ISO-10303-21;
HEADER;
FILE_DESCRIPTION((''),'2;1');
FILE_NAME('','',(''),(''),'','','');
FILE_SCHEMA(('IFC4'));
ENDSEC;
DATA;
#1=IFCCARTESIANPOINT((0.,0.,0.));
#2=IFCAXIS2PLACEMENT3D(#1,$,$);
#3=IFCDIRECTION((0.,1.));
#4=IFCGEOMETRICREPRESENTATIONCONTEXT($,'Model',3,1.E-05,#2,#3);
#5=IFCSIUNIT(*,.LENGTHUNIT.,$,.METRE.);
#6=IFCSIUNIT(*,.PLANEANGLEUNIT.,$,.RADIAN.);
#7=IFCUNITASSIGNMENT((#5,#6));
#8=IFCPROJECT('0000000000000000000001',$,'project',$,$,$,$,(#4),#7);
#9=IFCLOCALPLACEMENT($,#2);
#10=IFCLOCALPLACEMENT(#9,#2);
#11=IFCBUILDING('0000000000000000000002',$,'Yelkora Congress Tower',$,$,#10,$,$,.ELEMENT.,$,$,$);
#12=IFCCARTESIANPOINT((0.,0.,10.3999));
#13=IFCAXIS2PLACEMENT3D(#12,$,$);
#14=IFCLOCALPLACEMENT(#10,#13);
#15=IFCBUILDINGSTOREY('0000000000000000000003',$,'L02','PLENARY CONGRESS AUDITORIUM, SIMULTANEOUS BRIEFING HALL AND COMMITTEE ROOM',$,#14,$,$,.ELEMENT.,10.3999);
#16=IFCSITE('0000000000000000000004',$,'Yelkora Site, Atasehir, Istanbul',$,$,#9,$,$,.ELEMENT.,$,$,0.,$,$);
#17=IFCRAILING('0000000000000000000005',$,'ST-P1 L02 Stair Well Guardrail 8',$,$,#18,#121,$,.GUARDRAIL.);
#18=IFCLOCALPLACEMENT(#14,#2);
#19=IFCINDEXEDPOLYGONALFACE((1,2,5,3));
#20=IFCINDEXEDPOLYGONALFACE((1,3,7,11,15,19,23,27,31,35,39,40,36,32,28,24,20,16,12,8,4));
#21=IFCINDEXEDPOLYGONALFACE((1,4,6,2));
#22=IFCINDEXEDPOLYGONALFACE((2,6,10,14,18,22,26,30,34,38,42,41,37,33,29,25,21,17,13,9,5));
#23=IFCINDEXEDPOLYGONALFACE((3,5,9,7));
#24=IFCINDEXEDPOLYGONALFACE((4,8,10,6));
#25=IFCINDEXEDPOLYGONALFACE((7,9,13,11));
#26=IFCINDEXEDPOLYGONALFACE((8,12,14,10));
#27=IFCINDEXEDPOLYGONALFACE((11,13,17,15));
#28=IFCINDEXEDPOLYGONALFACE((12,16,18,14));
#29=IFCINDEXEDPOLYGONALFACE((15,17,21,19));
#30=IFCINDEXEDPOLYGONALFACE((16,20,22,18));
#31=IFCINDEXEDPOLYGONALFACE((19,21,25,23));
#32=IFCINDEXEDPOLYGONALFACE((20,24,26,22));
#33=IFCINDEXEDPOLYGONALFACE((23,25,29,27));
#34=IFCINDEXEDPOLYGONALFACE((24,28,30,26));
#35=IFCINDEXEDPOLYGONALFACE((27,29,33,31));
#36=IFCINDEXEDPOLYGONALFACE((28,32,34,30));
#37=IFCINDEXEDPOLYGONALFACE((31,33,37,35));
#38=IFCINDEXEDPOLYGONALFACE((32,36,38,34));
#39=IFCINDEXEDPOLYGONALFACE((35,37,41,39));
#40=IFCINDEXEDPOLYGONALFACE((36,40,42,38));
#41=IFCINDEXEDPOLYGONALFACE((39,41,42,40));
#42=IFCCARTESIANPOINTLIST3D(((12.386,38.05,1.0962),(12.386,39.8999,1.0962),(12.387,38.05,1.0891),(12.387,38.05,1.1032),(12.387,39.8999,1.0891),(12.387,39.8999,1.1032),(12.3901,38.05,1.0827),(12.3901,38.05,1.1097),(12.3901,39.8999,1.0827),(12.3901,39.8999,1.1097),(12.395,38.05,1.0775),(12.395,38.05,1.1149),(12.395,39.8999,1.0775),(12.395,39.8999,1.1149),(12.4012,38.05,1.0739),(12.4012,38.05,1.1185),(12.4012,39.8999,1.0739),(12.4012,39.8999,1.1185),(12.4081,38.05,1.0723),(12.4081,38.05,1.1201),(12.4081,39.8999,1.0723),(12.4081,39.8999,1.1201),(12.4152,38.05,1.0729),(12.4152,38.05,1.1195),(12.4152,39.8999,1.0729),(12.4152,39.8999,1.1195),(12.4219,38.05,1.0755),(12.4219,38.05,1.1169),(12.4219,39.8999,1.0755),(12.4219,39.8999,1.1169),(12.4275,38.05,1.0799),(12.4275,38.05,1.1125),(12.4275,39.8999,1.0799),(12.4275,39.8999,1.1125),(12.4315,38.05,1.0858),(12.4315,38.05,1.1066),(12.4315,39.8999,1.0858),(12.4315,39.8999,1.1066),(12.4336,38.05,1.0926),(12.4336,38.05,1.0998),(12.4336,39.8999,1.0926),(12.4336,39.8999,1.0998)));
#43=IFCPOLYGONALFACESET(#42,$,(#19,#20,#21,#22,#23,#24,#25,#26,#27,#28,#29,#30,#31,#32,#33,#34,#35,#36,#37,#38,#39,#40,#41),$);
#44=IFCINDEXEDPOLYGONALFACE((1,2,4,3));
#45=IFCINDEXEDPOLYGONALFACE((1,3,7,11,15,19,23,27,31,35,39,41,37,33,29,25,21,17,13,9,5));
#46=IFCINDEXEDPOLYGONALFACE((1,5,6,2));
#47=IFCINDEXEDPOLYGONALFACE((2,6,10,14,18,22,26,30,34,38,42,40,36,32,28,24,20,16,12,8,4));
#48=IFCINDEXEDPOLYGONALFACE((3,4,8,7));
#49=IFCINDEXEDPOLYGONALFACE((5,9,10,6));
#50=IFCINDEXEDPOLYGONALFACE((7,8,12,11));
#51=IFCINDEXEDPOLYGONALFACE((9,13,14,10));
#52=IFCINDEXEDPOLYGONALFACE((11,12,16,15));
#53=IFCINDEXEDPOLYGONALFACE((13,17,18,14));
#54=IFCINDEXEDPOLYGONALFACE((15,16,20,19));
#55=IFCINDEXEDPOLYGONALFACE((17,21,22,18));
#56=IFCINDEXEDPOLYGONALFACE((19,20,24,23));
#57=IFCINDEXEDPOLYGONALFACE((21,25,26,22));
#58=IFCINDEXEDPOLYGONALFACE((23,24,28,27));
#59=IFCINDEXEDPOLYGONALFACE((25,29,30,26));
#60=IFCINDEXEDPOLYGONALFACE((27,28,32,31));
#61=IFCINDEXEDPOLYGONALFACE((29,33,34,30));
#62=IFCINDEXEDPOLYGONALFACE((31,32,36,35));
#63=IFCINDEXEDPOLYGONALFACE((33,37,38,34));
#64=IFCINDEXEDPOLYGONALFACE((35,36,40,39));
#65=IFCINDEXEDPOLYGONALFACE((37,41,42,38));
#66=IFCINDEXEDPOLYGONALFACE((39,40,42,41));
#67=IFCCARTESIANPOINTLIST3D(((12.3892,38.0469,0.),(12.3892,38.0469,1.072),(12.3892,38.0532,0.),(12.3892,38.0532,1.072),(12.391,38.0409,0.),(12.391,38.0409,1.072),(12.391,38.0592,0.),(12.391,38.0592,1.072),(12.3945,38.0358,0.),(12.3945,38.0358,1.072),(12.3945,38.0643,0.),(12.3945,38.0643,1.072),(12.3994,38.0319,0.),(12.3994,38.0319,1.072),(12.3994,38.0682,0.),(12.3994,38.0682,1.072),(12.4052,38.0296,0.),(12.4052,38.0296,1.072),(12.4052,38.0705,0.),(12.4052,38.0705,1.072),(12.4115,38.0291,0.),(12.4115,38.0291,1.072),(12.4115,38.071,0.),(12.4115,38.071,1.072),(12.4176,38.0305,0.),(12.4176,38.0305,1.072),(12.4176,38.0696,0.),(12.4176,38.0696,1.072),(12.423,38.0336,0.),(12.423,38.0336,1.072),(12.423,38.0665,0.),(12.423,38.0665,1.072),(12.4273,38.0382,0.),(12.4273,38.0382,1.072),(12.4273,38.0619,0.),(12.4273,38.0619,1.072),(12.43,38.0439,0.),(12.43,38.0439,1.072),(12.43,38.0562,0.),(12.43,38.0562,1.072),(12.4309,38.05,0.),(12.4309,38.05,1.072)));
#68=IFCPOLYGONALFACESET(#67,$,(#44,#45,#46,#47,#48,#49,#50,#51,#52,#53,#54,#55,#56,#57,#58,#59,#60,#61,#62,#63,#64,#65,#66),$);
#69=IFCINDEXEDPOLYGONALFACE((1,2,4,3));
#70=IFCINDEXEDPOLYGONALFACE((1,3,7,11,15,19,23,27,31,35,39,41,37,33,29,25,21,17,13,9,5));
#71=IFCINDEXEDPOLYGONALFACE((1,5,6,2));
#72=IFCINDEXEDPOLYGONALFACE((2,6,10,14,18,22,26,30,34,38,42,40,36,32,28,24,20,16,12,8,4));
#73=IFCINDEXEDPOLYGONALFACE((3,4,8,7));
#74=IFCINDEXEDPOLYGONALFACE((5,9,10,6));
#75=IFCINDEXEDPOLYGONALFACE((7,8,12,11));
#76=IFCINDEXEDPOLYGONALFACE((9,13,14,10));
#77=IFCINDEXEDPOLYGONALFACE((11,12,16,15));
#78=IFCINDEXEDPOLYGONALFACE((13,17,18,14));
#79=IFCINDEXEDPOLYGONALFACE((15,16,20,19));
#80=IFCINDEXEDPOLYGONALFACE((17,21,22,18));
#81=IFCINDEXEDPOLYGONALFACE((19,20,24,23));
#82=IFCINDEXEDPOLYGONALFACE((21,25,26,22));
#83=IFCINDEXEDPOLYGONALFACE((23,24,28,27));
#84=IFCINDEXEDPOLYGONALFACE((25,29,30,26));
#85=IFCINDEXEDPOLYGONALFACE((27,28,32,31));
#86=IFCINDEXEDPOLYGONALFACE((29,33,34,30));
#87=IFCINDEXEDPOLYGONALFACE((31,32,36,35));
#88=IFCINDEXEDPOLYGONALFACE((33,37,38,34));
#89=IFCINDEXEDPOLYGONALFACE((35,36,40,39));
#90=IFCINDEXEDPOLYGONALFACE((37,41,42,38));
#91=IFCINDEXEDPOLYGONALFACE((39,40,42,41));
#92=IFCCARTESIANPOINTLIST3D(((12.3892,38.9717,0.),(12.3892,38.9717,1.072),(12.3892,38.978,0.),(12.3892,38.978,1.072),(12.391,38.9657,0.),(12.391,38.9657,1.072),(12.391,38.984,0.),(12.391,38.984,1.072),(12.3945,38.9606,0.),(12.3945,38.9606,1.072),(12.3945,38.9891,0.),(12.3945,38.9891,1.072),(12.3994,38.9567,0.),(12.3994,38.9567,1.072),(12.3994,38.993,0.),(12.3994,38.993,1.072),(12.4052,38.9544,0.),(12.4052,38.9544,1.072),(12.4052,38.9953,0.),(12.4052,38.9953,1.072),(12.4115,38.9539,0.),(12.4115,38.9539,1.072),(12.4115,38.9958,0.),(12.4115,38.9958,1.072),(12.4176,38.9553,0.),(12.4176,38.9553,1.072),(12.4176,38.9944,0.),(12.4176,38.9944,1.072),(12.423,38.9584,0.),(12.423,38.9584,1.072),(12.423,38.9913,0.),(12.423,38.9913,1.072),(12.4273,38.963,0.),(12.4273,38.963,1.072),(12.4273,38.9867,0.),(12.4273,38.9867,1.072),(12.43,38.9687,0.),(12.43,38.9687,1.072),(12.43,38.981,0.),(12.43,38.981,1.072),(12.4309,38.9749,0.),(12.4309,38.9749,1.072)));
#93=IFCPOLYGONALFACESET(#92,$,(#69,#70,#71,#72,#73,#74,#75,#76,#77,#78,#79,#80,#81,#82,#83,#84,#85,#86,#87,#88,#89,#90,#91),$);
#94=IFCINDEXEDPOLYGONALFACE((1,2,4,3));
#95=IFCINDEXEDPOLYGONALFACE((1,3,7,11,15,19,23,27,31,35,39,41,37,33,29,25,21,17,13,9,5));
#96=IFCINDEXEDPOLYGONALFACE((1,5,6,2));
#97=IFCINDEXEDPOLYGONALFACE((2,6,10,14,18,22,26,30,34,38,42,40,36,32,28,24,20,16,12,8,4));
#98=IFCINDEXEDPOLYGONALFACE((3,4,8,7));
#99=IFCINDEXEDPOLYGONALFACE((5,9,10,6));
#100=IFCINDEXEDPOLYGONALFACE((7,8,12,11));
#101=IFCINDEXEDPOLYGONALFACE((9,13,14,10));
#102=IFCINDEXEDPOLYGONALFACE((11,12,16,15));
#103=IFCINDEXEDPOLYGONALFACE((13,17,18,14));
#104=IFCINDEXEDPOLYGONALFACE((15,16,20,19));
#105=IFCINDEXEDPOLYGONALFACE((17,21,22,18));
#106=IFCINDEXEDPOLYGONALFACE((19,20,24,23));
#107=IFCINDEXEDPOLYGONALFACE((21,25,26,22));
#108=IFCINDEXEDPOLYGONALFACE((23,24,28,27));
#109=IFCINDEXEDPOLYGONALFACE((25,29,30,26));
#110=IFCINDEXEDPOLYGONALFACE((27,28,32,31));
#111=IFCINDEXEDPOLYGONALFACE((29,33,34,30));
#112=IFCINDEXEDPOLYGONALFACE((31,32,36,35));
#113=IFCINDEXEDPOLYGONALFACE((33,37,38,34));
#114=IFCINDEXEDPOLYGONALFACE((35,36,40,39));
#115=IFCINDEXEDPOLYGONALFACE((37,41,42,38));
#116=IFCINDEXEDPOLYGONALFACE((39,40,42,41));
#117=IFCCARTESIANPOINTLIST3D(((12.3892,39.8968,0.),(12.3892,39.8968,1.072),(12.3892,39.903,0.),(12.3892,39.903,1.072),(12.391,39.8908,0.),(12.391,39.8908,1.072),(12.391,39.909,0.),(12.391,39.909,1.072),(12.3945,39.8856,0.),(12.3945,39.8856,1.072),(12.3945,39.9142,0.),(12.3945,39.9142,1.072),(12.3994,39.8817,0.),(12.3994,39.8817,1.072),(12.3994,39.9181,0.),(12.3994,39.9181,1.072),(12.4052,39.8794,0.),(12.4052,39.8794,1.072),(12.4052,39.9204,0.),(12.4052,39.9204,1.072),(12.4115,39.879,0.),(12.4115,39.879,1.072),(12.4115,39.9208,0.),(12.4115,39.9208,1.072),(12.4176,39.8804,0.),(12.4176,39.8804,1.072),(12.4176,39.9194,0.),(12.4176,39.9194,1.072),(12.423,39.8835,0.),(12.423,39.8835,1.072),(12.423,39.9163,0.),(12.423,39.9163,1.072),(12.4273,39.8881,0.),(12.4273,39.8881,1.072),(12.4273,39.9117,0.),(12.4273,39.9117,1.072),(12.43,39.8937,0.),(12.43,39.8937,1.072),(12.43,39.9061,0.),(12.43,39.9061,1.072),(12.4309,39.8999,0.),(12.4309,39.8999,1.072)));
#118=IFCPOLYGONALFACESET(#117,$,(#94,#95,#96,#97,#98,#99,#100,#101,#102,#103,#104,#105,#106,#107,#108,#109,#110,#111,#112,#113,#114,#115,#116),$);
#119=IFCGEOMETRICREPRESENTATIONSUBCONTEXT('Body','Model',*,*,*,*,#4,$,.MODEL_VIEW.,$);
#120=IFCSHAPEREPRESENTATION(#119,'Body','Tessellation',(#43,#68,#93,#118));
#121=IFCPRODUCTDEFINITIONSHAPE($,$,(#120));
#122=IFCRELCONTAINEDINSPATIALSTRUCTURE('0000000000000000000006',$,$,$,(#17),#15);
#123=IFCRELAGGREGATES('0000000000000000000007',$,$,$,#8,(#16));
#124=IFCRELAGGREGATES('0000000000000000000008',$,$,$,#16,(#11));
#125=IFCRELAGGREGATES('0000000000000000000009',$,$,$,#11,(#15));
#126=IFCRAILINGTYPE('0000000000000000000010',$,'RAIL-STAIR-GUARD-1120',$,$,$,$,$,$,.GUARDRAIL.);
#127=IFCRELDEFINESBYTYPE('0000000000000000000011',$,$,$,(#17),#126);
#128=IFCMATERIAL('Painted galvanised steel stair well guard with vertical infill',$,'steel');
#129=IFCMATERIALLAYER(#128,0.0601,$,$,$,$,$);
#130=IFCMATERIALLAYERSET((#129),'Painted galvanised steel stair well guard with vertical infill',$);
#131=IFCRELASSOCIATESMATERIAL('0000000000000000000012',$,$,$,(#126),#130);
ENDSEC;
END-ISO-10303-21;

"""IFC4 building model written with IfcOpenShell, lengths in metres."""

from ifc_helpers import new_model, si_unit, direction, frame, origin, origin_2d, place, context, subcontext, project, spatial, circle, extrude, material, layer, layer_set, type_object, element, save


model = new_model("IFC4")

# Units and contexts
model_context = context("Model", 3, precision=1e-05, world=origin(), true_north=direction((0.0, 1.0)))
body_context = subcontext(model_context, "Body", "Model", "MODEL_VIEW")
ifc_project = project(units=[si_unit("LENGTHUNIT", "METRE"), si_unit("PLANEANGLEUNIT", "RADIAN")], contexts=[model_context])

# Site, building, storey
site_placement = place(None, origin())
site = spatial("IfcSite", under=ifc_project, at=site_placement, Name="Yelkora Site, Atasehir, Istanbul", CompositionType="ELEMENT", RefElevation=0.0)
building_placement = place(site_placement, origin())
building = spatial("IfcBuilding", under=site, at=building_placement, Name="Yelkora Congress Tower", CompositionType="ELEMENT")
storey_placement = place(building_placement, frame((0.0, 0.0, 10.3999)))
storey = spatial("IfcBuildingStorey", under=building, at=storey_placement, Name="L02", Description="PLENARY CONGRESS AUDITORIUM, SIMULTANEOUS BRIEFING HALL AND COMMITTEE ROOM", CompositionType="ELEMENT", Elevation=10.3999)

# Railing
ifc_material_1 = material(Name="Painted galvanised steel stair well guard with vertical infill", Category="steel")
ifc_layer_1 = layer(ifc_material_1, 0.0601)
ifc_layer_set_1 = layer_set([ifc_layer_1], Name="Painted galvanised steel stair well guard with vertical infill")
railing_type_1 = type_object("IfcRailingType", Name="RAIL-STAIR-GUARD-1120", PredefinedType="GUARDRAIL", material=ifc_layer_set_1)
railing_1_placement = place(storey_placement, frame((12.4099, 38.05, 0.0)))
element("IfcRailing", 1, at=railing_1_placement, inside=storey, type_object=railing_type_1, Name="ST-P1 L02 Stair Well Guardrail 8", PredefinedType="GUARDRAIL", context=body_context, shape_type="SweptSolid", body=[
    extrude(circle(Radius=0.0239, at=origin_2d()), frame((0.0, 0.0, 1.0962), z_axis=(0.0, 1.0, 0.0), x_axis=(-1.0, 0.0, 0.0)), (0.0, 0.0, 1.0), 1.8499),
    extrude(circle(Radius=0.021, at=origin_2d()), origin(), (0.0, 0.0, 1.0), 1.072),
    extrude(circle(Radius=0.021, at=origin_2d()), frame((0.0, 0.9248, 0.0)), (0.0, 0.0, 1.0), 1.072),
    extrude(circle(Radius=0.021, at=origin_2d()), frame((0.0, 1.8499, 0.0)), (0.0, 0.0, 1.0), 1.072),
])

save(model, "model.ifc")
